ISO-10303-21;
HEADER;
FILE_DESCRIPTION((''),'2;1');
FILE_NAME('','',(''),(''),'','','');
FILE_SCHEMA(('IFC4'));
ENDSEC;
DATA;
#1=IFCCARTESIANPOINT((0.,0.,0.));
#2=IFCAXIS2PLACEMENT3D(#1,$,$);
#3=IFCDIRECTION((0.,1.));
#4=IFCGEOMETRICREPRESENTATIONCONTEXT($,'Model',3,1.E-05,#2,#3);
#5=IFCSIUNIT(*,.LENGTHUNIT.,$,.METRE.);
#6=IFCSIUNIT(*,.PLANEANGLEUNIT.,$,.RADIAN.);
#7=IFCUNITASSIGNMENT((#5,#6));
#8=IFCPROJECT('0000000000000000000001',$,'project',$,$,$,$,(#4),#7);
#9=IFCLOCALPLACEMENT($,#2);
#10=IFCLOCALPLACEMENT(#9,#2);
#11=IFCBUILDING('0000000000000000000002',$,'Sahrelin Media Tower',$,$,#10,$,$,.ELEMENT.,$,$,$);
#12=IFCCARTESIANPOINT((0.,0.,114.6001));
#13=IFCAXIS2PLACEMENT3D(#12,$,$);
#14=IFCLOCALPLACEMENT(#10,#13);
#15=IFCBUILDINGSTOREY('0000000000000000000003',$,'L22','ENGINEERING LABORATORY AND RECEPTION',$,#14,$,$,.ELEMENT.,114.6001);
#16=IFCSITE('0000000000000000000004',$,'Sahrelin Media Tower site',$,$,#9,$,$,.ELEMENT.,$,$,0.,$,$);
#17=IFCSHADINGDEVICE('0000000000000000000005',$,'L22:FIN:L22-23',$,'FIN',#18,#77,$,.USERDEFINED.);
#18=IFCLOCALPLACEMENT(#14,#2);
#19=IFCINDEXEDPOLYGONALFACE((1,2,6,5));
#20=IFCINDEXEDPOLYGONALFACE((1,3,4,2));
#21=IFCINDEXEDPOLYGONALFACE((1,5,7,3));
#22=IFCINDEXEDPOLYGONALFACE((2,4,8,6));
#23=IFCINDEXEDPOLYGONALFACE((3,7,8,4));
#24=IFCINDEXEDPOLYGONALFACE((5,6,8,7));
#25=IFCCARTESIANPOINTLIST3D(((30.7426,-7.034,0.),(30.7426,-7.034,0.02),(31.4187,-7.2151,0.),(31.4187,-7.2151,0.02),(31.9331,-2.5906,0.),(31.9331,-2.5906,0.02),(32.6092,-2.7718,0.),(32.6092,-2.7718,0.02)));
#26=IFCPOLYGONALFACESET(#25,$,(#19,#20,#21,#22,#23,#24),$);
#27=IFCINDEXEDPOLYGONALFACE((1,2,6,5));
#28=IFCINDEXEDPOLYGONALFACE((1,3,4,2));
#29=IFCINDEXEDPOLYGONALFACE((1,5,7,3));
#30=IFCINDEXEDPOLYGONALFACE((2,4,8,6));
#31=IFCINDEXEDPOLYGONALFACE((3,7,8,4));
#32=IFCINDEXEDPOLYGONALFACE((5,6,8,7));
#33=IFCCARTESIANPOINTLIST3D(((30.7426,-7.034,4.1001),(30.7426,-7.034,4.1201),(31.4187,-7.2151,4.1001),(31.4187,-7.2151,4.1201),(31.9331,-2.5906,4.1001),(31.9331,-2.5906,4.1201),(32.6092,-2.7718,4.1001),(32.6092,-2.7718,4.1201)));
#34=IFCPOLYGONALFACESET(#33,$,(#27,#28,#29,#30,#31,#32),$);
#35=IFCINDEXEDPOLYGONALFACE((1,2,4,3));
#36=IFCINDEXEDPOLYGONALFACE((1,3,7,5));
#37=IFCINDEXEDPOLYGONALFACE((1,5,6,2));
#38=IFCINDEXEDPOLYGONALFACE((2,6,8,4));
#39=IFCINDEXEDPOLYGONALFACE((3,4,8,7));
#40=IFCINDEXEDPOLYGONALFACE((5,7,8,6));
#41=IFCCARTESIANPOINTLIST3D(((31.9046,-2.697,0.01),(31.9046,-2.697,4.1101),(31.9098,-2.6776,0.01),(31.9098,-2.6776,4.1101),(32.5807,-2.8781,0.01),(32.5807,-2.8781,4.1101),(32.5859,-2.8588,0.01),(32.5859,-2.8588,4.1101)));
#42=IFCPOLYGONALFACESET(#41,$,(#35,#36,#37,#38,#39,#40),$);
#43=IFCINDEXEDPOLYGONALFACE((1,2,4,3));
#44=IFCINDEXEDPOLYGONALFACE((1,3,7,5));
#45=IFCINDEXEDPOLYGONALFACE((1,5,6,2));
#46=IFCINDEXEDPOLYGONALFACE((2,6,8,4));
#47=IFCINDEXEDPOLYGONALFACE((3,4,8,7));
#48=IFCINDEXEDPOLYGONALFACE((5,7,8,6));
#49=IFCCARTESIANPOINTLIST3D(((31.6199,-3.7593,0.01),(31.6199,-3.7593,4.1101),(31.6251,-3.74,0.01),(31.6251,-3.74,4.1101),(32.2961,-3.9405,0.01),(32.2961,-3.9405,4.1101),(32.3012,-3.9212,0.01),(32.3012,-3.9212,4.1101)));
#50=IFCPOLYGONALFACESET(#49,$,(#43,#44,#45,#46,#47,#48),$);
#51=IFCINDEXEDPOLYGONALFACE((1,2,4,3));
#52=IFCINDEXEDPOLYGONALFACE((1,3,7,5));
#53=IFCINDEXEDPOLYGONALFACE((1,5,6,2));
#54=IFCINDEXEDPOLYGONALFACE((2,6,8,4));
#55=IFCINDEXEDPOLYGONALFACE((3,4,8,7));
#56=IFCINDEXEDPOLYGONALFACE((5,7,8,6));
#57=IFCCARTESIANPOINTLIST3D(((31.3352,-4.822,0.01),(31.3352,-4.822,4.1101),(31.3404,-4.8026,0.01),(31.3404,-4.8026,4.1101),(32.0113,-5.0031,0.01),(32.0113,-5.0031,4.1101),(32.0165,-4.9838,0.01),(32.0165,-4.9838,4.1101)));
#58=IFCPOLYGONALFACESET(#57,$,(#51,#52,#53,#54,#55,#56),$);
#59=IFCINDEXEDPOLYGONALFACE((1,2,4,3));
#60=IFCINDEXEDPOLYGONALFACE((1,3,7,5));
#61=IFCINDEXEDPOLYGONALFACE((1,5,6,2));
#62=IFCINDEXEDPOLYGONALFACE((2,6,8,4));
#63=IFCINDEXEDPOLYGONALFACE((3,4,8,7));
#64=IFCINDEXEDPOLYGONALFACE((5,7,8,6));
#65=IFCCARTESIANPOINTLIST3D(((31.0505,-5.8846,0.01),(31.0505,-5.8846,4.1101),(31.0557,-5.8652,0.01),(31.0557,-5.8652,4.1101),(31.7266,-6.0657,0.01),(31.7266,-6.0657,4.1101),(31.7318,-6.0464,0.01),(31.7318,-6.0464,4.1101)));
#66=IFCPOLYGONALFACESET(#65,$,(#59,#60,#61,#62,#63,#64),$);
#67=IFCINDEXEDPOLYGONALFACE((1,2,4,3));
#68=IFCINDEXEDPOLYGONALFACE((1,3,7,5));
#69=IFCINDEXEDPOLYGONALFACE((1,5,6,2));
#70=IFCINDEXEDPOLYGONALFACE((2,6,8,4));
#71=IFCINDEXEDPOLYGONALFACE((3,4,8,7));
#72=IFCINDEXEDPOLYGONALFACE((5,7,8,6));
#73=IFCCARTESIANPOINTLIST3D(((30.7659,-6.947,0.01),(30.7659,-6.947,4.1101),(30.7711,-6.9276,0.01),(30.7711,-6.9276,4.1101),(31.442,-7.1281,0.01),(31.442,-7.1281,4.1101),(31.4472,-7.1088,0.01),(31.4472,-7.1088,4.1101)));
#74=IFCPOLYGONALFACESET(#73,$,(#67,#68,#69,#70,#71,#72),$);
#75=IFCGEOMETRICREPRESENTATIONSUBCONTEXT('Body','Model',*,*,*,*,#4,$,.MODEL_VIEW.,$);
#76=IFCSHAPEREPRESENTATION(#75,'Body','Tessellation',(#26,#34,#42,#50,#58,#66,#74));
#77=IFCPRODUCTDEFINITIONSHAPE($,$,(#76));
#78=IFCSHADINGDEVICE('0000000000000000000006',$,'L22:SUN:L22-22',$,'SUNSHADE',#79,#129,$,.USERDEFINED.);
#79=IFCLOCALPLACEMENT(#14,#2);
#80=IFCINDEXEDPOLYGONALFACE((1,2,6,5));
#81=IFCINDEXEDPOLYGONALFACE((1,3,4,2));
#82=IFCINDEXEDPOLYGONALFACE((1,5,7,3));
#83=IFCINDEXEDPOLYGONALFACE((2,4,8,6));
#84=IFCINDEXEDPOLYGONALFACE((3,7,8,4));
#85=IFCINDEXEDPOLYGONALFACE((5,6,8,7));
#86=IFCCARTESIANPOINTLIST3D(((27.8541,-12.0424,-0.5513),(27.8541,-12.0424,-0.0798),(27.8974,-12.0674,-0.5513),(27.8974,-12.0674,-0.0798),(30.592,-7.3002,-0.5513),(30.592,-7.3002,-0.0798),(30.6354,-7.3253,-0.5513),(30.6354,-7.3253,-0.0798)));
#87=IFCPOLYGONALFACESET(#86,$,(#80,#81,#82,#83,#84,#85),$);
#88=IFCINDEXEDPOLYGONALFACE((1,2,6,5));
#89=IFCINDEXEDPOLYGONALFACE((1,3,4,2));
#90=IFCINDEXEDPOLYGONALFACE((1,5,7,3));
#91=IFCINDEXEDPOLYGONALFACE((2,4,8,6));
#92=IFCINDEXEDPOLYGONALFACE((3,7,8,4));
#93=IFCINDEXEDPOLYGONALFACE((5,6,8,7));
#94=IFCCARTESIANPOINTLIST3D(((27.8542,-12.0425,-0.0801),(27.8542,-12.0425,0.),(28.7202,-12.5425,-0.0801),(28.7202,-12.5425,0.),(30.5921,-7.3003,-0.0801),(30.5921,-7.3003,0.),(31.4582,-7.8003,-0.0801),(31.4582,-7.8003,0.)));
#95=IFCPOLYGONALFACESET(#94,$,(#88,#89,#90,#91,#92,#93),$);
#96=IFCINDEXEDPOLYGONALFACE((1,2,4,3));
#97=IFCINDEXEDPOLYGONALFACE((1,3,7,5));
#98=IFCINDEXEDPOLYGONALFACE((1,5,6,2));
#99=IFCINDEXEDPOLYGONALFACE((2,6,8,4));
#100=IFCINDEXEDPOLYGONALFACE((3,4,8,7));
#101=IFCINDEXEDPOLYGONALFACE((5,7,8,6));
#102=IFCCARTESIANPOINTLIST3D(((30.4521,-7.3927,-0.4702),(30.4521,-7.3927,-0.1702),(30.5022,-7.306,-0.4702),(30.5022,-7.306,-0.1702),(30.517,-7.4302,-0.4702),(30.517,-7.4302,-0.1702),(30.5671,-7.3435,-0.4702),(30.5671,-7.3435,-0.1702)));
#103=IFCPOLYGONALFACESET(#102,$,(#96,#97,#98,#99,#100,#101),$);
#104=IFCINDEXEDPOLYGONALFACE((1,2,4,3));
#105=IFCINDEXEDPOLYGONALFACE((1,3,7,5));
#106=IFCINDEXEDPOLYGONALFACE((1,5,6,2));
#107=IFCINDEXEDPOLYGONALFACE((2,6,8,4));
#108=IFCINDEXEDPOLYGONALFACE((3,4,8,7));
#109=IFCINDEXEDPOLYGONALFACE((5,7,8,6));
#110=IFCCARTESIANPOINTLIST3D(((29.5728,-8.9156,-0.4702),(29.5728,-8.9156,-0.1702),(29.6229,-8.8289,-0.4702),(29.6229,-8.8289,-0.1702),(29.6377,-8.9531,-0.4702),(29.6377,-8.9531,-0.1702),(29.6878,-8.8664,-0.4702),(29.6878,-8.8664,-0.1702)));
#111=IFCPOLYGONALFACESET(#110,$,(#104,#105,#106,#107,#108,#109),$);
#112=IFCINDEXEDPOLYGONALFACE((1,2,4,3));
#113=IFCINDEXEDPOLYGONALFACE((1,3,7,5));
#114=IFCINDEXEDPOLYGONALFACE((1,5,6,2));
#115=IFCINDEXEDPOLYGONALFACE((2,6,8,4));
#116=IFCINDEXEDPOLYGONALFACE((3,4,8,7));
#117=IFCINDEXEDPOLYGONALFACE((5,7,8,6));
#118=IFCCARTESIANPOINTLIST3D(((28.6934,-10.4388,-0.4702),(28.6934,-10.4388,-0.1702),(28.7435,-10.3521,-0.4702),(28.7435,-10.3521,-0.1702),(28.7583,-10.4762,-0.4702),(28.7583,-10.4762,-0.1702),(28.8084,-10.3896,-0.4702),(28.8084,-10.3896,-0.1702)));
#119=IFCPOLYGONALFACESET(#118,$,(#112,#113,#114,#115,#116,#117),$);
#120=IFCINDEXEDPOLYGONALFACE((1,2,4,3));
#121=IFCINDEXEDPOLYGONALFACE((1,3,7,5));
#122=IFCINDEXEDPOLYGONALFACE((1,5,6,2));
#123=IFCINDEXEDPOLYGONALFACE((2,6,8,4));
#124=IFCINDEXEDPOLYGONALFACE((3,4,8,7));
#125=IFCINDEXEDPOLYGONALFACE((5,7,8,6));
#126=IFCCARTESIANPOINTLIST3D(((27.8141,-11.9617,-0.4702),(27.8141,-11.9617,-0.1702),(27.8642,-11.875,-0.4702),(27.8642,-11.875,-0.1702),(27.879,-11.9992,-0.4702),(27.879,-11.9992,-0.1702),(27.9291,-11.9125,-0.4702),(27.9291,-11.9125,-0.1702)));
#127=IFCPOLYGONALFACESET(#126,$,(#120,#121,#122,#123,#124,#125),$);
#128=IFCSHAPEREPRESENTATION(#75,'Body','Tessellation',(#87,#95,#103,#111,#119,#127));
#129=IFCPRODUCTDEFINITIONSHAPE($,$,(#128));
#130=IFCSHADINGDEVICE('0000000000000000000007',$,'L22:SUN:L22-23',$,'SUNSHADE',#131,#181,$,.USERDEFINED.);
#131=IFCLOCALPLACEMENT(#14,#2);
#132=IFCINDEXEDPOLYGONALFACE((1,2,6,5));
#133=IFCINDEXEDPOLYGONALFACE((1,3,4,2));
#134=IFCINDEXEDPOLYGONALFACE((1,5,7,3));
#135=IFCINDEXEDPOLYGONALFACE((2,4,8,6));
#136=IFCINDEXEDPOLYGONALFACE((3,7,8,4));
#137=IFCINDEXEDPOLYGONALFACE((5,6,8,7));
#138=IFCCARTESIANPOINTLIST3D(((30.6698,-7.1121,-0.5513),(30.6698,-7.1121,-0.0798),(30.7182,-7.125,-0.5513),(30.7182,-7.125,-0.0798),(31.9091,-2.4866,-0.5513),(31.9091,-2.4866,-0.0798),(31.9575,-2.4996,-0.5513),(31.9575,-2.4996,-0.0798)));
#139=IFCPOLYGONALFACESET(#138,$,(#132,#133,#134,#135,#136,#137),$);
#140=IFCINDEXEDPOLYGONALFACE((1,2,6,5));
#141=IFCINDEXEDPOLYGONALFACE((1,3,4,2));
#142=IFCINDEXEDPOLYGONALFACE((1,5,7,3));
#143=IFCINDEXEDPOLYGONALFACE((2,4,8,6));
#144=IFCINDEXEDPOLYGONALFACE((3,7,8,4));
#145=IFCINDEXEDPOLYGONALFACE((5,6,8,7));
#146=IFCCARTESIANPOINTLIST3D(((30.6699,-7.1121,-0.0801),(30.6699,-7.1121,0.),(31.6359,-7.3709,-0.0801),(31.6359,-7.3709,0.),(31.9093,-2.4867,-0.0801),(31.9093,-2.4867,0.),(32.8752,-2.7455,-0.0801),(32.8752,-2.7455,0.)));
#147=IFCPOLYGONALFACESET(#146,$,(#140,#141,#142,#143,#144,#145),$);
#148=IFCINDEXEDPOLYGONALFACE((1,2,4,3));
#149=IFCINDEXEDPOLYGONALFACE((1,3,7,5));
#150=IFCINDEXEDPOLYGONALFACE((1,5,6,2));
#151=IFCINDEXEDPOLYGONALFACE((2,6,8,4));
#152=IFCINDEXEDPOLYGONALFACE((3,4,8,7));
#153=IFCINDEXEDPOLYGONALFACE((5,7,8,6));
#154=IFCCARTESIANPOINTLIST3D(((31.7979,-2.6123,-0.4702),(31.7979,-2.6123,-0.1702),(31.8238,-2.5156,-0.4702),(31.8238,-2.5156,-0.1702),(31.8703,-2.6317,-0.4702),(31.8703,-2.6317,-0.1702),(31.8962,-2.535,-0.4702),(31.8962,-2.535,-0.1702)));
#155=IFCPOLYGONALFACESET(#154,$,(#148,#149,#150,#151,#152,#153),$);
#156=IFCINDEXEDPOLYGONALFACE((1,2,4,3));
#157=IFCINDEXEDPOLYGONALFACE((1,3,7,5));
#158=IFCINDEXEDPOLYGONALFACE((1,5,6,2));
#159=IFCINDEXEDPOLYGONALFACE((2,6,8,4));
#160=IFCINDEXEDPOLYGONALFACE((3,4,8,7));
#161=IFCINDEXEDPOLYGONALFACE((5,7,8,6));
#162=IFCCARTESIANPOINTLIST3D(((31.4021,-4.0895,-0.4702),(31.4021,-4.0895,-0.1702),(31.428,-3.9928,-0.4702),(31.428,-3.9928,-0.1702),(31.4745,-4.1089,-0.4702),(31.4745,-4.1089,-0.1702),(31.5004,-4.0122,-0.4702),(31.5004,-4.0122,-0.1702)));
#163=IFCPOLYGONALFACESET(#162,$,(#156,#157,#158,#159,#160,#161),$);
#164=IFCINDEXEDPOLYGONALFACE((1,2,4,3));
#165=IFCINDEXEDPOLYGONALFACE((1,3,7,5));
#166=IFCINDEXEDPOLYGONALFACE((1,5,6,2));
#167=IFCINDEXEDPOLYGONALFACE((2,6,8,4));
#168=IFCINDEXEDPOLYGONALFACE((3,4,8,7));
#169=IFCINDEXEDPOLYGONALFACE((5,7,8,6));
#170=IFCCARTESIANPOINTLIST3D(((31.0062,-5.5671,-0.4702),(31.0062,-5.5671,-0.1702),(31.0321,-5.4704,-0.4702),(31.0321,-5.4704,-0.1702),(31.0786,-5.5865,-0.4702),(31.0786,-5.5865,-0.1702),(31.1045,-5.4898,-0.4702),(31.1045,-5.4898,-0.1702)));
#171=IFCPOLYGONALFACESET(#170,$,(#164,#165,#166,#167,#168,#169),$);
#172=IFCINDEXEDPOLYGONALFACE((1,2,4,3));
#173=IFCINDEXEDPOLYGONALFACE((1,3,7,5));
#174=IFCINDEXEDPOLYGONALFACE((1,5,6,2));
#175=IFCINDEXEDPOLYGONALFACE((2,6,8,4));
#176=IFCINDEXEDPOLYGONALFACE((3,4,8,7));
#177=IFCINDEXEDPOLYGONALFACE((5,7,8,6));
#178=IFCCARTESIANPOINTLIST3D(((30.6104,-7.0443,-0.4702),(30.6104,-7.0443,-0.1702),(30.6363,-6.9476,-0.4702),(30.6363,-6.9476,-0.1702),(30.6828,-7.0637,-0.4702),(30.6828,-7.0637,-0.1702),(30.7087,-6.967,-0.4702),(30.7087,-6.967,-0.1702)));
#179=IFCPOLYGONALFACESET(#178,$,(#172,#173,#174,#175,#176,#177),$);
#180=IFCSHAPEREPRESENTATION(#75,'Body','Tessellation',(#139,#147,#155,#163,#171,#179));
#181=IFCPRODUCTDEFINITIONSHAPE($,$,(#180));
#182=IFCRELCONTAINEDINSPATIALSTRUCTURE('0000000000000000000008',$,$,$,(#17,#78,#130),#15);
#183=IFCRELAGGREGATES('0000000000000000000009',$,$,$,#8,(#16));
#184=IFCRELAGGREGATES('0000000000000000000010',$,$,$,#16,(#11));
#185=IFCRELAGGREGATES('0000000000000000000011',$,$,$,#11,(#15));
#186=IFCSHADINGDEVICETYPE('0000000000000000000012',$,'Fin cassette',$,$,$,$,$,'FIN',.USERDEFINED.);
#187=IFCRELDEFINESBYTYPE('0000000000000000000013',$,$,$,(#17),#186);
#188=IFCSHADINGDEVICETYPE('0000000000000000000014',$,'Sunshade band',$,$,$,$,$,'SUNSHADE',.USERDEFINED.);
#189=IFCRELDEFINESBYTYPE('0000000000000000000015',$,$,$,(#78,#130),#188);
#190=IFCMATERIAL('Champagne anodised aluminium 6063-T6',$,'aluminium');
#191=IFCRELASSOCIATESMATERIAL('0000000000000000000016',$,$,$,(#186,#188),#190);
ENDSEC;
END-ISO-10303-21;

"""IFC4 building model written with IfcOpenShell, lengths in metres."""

from ifc_helpers import new_model, si_unit, direction, frame, origin, origin_2d, place, context, subcontext, project, spatial, rectangle, extrude, material, type_object, element, save


model = new_model("IFC4")

# Units and contexts
model_context = context("Model", 3, precision=1e-05, world=origin(), true_north=direction((0.0, 1.0)))
body_context = subcontext(model_context, "Body", "Model", "MODEL_VIEW")
ifc_project = project(units=[si_unit("LENGTHUNIT", "METRE"), si_unit("PLANEANGLEUNIT", "RADIAN")], contexts=[model_context])

# Site, building, storey
site_placement = place(None, origin())
site = spatial("IfcSite", under=ifc_project, at=site_placement, Name="Sahrelin Media Tower site", CompositionType="ELEMENT", RefElevation=0.0)
building_placement = place(site_placement, origin())
building = spatial("IfcBuilding", under=site, at=building_placement, Name="Sahrelin Media Tower", CompositionType="ELEMENT")
storey_placement = place(building_placement, frame((0.0, 0.0, 114.6001)))
storey = spatial("IfcBuildingStorey", under=building, at=storey_placement, Name="L22", Description="ENGINEERING LABORATORY AND RECEPTION", CompositionType="ELEMENT", Elevation=114.6001)

# Shared definitions
ifc_material_1 = material(Name="Champagne anodised aluminium 6063-T6", Category="aluminium")

# Shading devices
shading_device_type_1 = type_object("IfcShadingDeviceType", Name="Fin cassette", ElementType="FIN", PredefinedType="USERDEFINED", material=ifc_material_1)
placement_1 = place(storey_placement, frame((29.2058, -9.6614, 0.0), z_axis=(0.0, 0.0, 1.0), x_axis=(-0.500011, -0.866019, 0.0)))
placement_2 = place(storey_placement, frame((31.2703, -4.7942, 0.0), z_axis=(0.0, 0.0, 1.0), x_axis=(-0.258808, -0.965929, 0.0)))
element("IfcShadingDevice", 1, at=placement_2, inside=storey, type_object=shading_device_type_1, Name="L22:FIN:L22-23", ObjectType="FIN", PredefinedType="USERDEFINED", context=body_context, shape_type="SweptSolid", body=[
    extrude(rectangle(XDim=4.6001, YDim=0.7, at=origin_2d()), frame((0.0, 0.4199, 0.0)), (0.0, 0.0, 1.0), 0.02),
    extrude(rectangle(XDim=4.6001, YDim=0.7, at=origin_2d()), frame((0.0, 0.4199, 4.1001)), (0.0, 0.0, 1.0), 0.02),
    extrude(rectangle(XDim=0.02, YDim=0.7, at=origin_2d()), frame((-2.2, 0.4199, 0.01), z_axis=(0.0, 0.0, 1.0), x_axis=(1.0, 0.0, 0.0)), (0.0, 0.0, 1.0), 4.1001),
    extrude(rectangle(XDim=0.02, YDim=0.7, at=origin_2d()), frame((-1.1001, 0.4199, 0.01), z_axis=(0.0, 0.0, 1.0), x_axis=(1.0, 0.0, 0.0)), (0.0, 0.0, 1.0), 4.1001),
    extrude(rectangle(XDim=0.02, YDim=0.7, at=origin_2d()), frame((0.0, 0.4199, 0.01), z_axis=(0.0, 0.0, 1.0), x_axis=(1.0, 0.0, 0.0)), (0.0, 0.0, 1.0), 4.1001),
    extrude(rectangle(XDim=0.02, YDim=0.7, at=origin_2d()), frame((1.1001, 0.4199, 0.01), z_axis=(0.0, 0.0, 1.0), x_axis=(1.0, 0.0, 0.0)), (0.0, 0.0, 1.0), 4.1001),
    extrude(rectangle(XDim=0.02, YDim=0.7, at=origin_2d()), frame((2.2, 0.4199, 0.01), z_axis=(0.0, 0.0, 1.0), x_axis=(1.0, 0.0, 0.0)), (0.0, 0.0, 1.0), 4.1001),
])
shading_device_type_2 = type_object("IfcShadingDeviceType", Name="Sunshade band", ElementType="SUNSHADE", PredefinedType="USERDEFINED", material=ifc_material_1)
element("IfcShadingDevice", 2, at=placement_1, inside=storey, type_object=shading_device_type_2, Name="L22:SUN:L22-22", ObjectType="SUNSHADE", PredefinedType="USERDEFINED", context=body_context, shape_type="SweptSolid", body=[
    extrude(rectangle(XDim=5.4758, YDim=0.05, at=origin_2d()), frame((0.0, 0.0449, -0.5513)), (0.0, 0.0, 1.0), 0.4714),
    extrude(rectangle(XDim=5.4758, YDim=1.0, at=origin_2d()), frame((0.0, 0.52, -0.0801)), (0.0, 0.0, 1.0), 0.0801),
    extrude(rectangle(XDim=0.1001, YDim=0.075, at=origin_2d()), frame((-2.6379, -0.0176, -0.4702)), (0.0, 0.0, 1.0), 0.3),
    extrude(rectangle(XDim=0.1001, YDim=0.075, at=origin_2d()), frame((-0.8794, -0.0176, -0.4702)), (0.0, 0.0, 1.0), 0.3),
    extrude(rectangle(XDim=0.1001, YDim=0.075, at=origin_2d()), frame((0.8794, -0.0176, -0.4702)), (0.0, 0.0, 1.0), 0.3),
    extrude(rectangle(XDim=0.1001, YDim=0.075, at=origin_2d()), frame((2.6379, -0.0176, -0.4702)), (0.0, 0.0, 1.0), 0.3),
])
element("IfcShadingDevice", 3, at=placement_2, inside=storey, type_object=shading_device_type_2, Name="L22:SUN:L22-23", ObjectType="SUNSHADE", PredefinedType="USERDEFINED", context=body_context, shape_type="SweptSolid", body=[
    extrude(rectangle(XDim=4.7886, YDim=0.05, at=origin_2d()), frame((0.0, 0.0449, -0.5513)), (0.0, 0.0, 1.0), 0.4714),
    extrude(rectangle(XDim=4.7886, YDim=1.0, at=origin_2d()), frame((0.0, 0.52, -0.0801)), (0.0, 0.0, 1.0), 0.0801),
    extrude(rectangle(XDim=0.1001, YDim=0.075, at=origin_2d()), frame((-2.2942, -0.0176, -0.4702)), (0.0, 0.0, 1.0), 0.3),
    extrude(rectangle(XDim=0.1001, YDim=0.075, at=origin_2d()), frame((-0.7649, -0.0176, -0.4702)), (0.0, 0.0, 1.0), 0.3),
    extrude(rectangle(XDim=0.1001, YDim=0.075, at=origin_2d()), frame((0.7649, -0.0176, -0.4702)), (0.0, 0.0, 1.0), 0.3),
    extrude(rectangle(XDim=0.1001, YDim=0.075, at=origin_2d()), frame((2.2942, -0.0176, -0.4702)), (0.0, 0.0, 1.0), 0.3),
])

save(model, "model.ifc")
